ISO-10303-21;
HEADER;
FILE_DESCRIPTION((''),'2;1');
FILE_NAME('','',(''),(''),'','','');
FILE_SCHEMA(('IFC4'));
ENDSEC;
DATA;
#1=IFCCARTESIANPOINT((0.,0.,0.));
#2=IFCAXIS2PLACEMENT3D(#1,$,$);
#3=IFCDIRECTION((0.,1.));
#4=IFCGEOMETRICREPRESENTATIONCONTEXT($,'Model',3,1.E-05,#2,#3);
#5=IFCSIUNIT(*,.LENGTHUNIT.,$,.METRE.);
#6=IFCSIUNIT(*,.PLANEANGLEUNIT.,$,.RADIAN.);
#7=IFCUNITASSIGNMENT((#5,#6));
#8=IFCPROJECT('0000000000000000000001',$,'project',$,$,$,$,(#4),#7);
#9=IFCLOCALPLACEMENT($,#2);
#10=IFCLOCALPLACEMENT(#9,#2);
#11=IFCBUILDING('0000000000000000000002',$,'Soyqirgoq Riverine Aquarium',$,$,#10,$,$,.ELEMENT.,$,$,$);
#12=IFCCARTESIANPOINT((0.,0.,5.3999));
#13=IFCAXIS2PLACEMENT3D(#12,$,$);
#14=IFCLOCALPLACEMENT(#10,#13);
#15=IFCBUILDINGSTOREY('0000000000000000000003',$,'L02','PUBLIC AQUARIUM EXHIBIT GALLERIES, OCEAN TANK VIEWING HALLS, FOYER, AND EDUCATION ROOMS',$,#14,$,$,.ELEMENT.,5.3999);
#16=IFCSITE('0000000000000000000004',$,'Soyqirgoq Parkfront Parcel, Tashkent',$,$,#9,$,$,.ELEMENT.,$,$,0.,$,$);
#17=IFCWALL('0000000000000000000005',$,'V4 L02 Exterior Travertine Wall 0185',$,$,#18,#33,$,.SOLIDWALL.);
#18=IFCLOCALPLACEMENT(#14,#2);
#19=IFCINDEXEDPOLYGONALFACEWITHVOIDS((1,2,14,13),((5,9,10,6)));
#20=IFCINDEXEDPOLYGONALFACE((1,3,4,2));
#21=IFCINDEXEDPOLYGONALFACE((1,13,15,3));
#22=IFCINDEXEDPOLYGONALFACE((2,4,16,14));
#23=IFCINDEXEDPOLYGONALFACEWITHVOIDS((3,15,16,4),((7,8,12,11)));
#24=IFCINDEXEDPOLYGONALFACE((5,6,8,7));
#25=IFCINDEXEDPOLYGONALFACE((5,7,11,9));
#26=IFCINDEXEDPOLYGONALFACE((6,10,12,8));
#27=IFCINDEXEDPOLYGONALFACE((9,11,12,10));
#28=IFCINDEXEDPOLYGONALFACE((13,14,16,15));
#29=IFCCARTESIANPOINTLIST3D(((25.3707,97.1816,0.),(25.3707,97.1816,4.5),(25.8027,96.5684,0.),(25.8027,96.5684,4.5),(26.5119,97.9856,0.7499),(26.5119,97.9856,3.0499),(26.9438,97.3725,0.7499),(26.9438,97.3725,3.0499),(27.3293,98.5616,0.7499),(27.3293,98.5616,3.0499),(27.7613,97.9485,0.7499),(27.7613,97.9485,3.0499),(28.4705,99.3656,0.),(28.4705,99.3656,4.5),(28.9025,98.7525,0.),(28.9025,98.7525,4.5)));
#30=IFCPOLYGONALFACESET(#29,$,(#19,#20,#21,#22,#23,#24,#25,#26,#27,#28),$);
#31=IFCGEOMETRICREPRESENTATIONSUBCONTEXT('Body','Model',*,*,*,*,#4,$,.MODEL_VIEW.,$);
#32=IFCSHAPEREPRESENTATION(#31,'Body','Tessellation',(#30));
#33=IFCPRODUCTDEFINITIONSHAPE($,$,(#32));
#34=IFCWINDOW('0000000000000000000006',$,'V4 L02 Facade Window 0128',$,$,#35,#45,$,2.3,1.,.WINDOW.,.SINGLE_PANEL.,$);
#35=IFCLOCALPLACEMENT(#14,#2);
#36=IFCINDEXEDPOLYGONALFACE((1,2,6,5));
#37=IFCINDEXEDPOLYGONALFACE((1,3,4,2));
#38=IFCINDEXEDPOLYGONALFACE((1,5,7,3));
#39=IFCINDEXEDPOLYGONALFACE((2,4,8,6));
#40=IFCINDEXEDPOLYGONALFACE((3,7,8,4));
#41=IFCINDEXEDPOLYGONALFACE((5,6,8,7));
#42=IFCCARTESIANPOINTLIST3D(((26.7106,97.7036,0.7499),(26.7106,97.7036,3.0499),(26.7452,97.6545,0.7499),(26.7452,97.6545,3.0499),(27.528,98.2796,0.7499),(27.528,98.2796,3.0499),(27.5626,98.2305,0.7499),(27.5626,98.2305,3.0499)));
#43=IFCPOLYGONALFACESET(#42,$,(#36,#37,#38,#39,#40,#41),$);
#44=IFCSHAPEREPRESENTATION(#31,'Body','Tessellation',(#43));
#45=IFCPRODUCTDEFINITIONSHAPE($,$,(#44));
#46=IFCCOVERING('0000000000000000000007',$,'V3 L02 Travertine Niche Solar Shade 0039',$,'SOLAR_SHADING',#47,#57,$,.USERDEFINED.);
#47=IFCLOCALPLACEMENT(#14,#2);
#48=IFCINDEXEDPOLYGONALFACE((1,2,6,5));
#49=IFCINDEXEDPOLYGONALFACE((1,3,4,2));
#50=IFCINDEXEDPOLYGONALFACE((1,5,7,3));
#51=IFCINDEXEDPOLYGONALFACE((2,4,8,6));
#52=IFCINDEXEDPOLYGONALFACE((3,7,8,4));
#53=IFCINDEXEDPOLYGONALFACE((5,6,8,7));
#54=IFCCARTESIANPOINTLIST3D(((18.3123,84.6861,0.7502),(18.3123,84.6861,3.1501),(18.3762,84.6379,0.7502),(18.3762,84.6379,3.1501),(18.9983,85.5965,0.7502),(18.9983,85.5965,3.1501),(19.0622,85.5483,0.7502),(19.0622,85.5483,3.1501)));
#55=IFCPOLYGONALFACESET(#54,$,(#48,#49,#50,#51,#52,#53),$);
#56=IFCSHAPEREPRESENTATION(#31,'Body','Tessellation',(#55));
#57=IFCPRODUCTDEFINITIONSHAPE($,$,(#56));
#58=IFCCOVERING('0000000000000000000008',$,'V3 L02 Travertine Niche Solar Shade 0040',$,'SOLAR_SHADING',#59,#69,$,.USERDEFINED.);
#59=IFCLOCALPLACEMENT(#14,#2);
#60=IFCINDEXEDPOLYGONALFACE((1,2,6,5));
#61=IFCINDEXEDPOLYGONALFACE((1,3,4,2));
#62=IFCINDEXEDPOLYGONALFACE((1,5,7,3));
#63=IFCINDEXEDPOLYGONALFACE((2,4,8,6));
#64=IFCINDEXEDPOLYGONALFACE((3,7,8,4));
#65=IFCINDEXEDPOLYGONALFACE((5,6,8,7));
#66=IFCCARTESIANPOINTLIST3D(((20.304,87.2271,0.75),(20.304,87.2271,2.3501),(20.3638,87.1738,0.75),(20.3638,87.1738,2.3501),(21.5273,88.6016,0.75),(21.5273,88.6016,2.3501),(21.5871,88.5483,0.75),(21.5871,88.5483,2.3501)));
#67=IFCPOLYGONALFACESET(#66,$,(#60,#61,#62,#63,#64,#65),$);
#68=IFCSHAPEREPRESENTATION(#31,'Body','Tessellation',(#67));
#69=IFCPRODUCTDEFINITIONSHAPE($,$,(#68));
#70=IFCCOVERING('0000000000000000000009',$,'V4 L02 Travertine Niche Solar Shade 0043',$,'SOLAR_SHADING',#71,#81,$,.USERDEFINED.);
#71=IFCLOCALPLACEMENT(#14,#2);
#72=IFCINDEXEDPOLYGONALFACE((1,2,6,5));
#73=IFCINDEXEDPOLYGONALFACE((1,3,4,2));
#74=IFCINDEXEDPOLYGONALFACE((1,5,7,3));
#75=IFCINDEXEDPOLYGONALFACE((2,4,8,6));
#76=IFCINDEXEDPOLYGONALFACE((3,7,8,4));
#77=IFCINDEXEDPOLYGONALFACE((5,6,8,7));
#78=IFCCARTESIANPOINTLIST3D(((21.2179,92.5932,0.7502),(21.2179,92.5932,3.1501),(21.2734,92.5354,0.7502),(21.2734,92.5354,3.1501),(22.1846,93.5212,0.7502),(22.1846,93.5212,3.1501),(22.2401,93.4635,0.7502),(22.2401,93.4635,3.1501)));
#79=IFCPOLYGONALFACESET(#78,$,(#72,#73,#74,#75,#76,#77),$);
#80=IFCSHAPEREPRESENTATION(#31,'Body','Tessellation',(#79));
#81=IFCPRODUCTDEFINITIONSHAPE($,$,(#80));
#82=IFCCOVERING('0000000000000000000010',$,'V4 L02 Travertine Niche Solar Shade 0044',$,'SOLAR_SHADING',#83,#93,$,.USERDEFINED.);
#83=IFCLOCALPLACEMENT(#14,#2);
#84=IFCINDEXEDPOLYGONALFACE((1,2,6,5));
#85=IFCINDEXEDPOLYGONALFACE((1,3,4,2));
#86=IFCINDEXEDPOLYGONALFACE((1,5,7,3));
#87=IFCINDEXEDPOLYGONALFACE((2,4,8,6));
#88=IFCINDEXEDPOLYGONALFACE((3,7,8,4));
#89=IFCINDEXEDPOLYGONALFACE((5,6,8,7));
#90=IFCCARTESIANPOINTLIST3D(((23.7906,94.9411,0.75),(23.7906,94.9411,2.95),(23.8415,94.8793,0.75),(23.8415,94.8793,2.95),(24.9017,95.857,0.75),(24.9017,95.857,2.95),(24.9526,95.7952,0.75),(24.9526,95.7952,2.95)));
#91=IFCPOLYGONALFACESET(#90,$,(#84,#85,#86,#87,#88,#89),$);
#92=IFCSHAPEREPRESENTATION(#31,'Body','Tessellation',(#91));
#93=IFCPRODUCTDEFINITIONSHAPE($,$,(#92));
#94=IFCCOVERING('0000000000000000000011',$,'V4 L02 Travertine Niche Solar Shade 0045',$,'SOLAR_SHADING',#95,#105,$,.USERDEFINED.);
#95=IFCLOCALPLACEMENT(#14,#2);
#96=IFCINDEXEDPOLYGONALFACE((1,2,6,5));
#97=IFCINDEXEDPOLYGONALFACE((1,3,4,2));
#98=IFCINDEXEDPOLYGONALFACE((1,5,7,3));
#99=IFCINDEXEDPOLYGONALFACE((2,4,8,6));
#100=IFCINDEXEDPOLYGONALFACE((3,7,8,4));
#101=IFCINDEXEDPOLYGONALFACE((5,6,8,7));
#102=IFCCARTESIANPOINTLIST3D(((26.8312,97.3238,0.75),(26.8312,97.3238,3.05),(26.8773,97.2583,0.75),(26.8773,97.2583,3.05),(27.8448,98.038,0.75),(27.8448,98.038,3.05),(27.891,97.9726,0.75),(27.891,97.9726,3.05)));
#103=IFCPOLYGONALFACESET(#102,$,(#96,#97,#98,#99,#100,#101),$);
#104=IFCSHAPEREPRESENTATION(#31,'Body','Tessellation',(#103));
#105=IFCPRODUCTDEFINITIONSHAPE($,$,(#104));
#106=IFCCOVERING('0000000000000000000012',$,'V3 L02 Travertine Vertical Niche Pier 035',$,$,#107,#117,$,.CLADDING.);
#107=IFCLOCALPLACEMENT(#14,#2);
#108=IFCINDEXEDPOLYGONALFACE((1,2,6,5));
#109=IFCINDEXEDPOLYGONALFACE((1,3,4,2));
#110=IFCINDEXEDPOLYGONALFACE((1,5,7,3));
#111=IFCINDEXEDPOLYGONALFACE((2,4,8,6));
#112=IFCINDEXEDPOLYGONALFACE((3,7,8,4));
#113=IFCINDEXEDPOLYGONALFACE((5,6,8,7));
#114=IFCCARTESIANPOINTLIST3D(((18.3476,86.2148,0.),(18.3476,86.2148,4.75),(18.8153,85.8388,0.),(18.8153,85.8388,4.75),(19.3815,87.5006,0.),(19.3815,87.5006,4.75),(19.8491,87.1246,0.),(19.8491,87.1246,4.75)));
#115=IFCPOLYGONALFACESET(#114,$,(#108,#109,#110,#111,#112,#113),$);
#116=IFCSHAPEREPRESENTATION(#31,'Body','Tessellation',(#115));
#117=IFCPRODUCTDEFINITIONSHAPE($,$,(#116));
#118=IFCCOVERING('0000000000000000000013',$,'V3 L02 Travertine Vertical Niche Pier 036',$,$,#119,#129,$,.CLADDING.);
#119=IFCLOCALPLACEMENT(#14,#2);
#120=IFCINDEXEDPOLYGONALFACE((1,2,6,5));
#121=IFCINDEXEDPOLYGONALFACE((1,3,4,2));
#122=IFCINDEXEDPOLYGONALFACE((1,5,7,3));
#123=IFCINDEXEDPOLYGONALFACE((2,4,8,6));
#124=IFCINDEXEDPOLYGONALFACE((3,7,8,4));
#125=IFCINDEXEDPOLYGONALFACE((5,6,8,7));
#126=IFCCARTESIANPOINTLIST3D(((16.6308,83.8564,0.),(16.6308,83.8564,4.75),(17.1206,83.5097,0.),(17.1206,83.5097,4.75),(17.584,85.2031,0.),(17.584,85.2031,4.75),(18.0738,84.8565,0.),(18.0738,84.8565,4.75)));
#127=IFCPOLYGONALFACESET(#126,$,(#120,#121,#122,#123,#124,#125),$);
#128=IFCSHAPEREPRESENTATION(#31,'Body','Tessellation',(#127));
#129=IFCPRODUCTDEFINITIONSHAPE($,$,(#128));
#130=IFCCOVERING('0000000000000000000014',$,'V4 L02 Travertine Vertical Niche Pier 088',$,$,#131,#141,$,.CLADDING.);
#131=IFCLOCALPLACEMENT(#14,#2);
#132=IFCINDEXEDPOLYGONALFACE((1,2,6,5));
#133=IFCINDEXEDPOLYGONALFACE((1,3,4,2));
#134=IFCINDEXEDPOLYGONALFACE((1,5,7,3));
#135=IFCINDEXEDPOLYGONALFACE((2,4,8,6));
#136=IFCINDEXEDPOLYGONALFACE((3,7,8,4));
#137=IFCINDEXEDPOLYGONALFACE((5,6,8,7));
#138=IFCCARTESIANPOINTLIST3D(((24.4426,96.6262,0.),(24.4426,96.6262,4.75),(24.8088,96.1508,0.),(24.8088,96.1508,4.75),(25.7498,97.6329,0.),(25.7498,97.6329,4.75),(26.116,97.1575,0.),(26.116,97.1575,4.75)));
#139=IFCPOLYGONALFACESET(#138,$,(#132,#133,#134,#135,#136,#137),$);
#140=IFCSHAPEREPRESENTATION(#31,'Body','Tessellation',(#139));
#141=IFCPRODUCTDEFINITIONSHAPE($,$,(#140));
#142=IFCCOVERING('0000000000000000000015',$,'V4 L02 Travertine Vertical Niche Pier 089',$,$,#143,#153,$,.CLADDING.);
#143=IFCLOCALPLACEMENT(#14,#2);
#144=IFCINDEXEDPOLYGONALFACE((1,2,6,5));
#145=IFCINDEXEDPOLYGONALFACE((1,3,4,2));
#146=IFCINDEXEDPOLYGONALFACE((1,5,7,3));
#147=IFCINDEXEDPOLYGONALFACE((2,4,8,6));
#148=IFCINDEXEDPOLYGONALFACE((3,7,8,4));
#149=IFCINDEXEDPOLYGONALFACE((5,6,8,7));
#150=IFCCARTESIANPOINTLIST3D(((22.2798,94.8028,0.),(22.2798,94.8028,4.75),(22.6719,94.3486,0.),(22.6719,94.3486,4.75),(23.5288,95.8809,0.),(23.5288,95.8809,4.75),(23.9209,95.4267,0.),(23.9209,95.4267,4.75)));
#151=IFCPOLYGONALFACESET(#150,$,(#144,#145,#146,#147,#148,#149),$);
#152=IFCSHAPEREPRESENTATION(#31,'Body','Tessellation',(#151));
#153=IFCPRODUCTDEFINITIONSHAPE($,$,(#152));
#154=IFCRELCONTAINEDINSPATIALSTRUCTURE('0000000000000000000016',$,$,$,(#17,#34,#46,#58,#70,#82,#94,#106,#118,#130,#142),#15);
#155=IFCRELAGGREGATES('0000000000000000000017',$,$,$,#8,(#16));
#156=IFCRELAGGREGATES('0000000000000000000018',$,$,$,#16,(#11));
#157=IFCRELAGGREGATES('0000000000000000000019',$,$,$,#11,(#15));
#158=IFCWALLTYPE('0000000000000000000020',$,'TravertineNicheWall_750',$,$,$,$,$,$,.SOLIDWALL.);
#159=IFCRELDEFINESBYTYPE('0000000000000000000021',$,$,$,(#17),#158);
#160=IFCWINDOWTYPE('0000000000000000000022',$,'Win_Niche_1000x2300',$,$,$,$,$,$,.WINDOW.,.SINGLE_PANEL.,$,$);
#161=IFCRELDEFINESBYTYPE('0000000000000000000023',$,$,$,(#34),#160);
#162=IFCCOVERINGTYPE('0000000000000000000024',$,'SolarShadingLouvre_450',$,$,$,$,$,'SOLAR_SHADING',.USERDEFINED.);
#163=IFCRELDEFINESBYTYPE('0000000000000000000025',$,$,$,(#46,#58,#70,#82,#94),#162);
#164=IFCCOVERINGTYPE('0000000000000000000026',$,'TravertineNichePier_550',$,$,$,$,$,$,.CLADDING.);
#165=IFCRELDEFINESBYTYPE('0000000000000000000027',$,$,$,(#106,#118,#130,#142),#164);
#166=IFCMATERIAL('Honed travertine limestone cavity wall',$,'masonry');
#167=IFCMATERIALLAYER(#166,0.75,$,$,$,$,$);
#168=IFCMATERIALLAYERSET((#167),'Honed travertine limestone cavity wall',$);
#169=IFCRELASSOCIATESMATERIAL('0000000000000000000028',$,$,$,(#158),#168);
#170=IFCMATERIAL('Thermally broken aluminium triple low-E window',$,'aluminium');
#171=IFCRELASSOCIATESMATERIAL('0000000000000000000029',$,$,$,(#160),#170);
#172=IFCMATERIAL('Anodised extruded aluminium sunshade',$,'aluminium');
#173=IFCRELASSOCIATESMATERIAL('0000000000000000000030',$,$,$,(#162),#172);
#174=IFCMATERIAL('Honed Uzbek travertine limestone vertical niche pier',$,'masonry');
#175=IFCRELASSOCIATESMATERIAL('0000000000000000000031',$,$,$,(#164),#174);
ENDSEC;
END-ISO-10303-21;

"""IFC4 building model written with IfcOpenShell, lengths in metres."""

from ifc_helpers import new_model, si_unit, direction, frame, frame_2d, origin, origin_2d, place, context, subcontext, project, spatial, rectangle, extrude, material, layer, layer_set, type_object, element, fill, save


model = new_model("IFC4")

# Units and contexts
model_context = context("Model", 3, precision=1e-05, world=origin(), true_north=direction((0.0, 1.0)))
body_context = subcontext(model_context, "Body", "Model", "MODEL_VIEW")
ifc_project = project(units=[si_unit("LENGTHUNIT", "METRE"), si_unit("PLANEANGLEUNIT", "RADIAN")], contexts=[model_context])

# Site, building, storey
site_placement = place(None, origin())
site = spatial("IfcSite", under=ifc_project, at=site_placement, Name="Soyqirgoq Parkfront Parcel, Tashkent", CompositionType="ELEMENT", RefElevation=0.0)
building_placement = place(site_placement, origin())
building = spatial("IfcBuilding", under=site, at=building_placement, Name="Soyqirgoq Riverine Aquarium", CompositionType="ELEMENT")
storey_placement = place(building_placement, frame((0.0, 0.0, 5.3999)))
storey = spatial("IfcBuildingStorey", under=building, at=storey_placement, Name="L02", Description="PUBLIC AQUARIUM EXHIBIT GALLERIES, OCEAN TANK VIEWING HALLS, FOYER, AND EDUCATION ROOMS", CompositionType="ELEMENT", Elevation=5.3999)

# Wall, opening, window
ifc_material_1 = material(Name="Honed travertine limestone cavity wall", Category="masonry")
ifc_layer_1 = layer(ifc_material_1, 0.75)
ifc_layer_set_1 = layer_set([ifc_layer_1], Name="Honed travertine limestone cavity wall")
wall_type_1 = type_object("IfcWallType", Name="TravertineNicheWall_750", PredefinedType="SOLIDWALL", material=ifc_layer_set_1)
wall_1_placement = place(storey_placement, frame((25.5867, 96.875, 0.0), z_axis=(0.0, 0.0, 1.0), x_axis=(0.817471, 0.57597, 0.0)))
wall_1 = element("IfcWall", 1, at=wall_1_placement, inside=storey, type_object=wall_type_1, Name="V4 L02 Exterior Travertine Wall 0185", PredefinedType="SOLIDWALL", context=body_context, shape_type="SweptSolid", body=[
    extrude(rectangle(XDim=3.792, YDim=0.75, at=frame_2d((1.896, 0.0))), origin(), (0.0, 0.0, 1.0), 4.5),
])
opening_1_placement = place(wall_1_placement, frame((1.396, 0.0, 0.75)))
opening_1 = element("IfcOpeningElement", 2, at=opening_1_placement, cuts=wall_1, PredefinedType="OPENING", context=body_context, shape_type="SweptSolid", body=[
    extrude(rectangle(XDim=1.0, YDim=2.3, at=frame_2d((0.5, 1.1499))), frame((0.0, 0.385, 0.0), z_axis=(0.0, -1.0, 0.0), x_axis=(1.0, 0.0, 0.0)), (0.0, 0.0, 1.0), 0.77),
])
ifc_material_2 = material(Name="Thermally broken aluminium triple low-E window", Category="aluminium")
window_type_1 = type_object("IfcWindowType", Name="Win_Niche_1000x2300", PartitioningType="SINGLE_PANEL", PredefinedType="WINDOW", material=ifc_material_2)
window_1_placement = place(opening_1_placement, origin())
window_1 = element("IfcWindow", 3, at=window_1_placement, inside=storey, type_object=window_type_1, Name="V4 L02 Facade Window 0128", OverallHeight=2.3, OverallWidth=1.0, PartitioningType="SINGLE_PANEL", PredefinedType="WINDOW", context=body_context, shape_type="SweptSolid", body=[
    extrude(rectangle(XDim=1.0, YDim=2.3, at=frame_2d((0.5, 1.1499))), frame((0.0, 0.03, 0.0), z_axis=(0.0, -1.0, 0.0), x_axis=(1.0, 0.0, 0.0)), (0.0, 0.0, 1.0), 0.0601),
])
fill(opening_1, window_1)

# Coverings
ifc_material_3 = material(Name="Anodised extruded aluminium sunshade", Category="aluminium")
covering_type_1 = type_object("IfcCoveringType", Name="SolarShadingLouvre_450", ElementType="SOLAR_SHADING", PredefinedType="USERDEFINED", material=ifc_material_3)
covering_1_placement = place(storey_placement, frame((18.6873, 85.1172, 0.7502), z_axis=(0.0, 0.0, 1.0), x_axis=(0.601815, 0.798636, 0.0)))
element("IfcCovering", 4, at=covering_1_placement, inside=storey, type_object=covering_type_1, Name="V3 L02 Travertine Niche Solar Shade 0039", ObjectType="SOLAR_SHADING", PredefinedType="USERDEFINED", context=body_context, shape_type="SweptSolid", body=[
    extrude(rectangle(XDim=1.1399, YDim=0.0801, at=origin_2d()), origin(), (0.0, 0.0, 1.0), 2.3999),
])
covering_2_placement = place(storey_placement, frame((20.9456, 87.8877, 0.75), z_axis=(0.0, 0.0, 1.0), x_axis=(0.664839, 0.746986, 0.0)))
element("IfcCovering", 5, at=covering_2_placement, inside=storey, type_object=covering_type_1, Name="V3 L02 Travertine Niche Solar Shade 0040", ObjectType="SOLAR_SHADING", PredefinedType="USERDEFINED", context=body_context, shape_type="SweptSolid", body=[
    extrude(rectangle(XDim=1.8401, YDim=0.0801, at=origin_2d()), origin(), (0.0, 0.0, 1.0), 1.6001),
])
covering_3_placement = place(storey_placement, frame((21.729, 93.0283, 0.7502), z_axis=(0.0, 0.0, 1.0), x_axis=(0.721398, 0.692521, 0.0)))
element("IfcCovering", 6, at=covering_3_placement, inside=storey, type_object=covering_type_1, Name="V4 L02 Travertine Niche Solar Shade 0043", ObjectType="SOLAR_SHADING", PredefinedType="USERDEFINED", context=body_context, shape_type="SweptSolid", body=[
    extrude(rectangle(XDim=1.3401, YDim=0.0801, at=origin_2d()), origin(), (0.0, 0.0, 1.0), 2.3999),
])
covering_4_placement = place(storey_placement, frame((24.3716, 95.3682, 0.75), z_axis=(0.0, 0.0, 1.0), x_axis=(0.771625, 0.636078, 0.0)))
element("IfcCovering", 7, at=covering_4_placement, inside=storey, type_object=covering_type_1, Name="V4 L02 Travertine Niche Solar Shade 0044", ObjectType="SOLAR_SHADING", PredefinedType="USERDEFINED", context=body_context, shape_type="SweptSolid", body=[
    extrude(rectangle(XDim=1.4399, YDim=0.0801, at=origin_2d()), origin(), (0.0, 0.0, 1.0), 2.2),
])
covering_5_placement = place(storey_placement, frame((27.3611, 97.6482, 0.75), z_axis=(0.0, 0.0, 1.0), x_axis=(0.817447, 0.576004, 0.0)))
element("IfcCovering", 8, at=covering_5_placement, inside=storey, type_object=covering_type_1, Name="V4 L02 Travertine Niche Solar Shade 0045", ObjectType="SOLAR_SHADING", PredefinedType="USERDEFINED", context=body_context, shape_type="SweptSolid", body=[
    extrude(rectangle(XDim=1.24, YDim=0.0801, at=origin_2d()), origin(), (0.0, 0.0, 1.0), 2.3),
])
ifc_material_4 = material(Name="Honed Uzbek travertine limestone vertical niche pier", Category="masonry")
covering_type_2 = type_object("IfcCoveringType", Name="TravertineNichePier_550", PredefinedType="CLADDING", material=ifc_material_4)
for number, where, z_axis, x_axis, name in (
    (9, (19.0984, 86.6697, 0.0), (0.0, 0.0, 1.0), (-0.779338, 0.626604, 0.0), "V3 L02 Travertine Vertical Niche Pier 035"),
    (10, (17.3523, 84.3564, 0.0), (0.0, 0.0, 1.0), (-0.816238, 0.577715, 0.0), "V3 L02 Travertine Vertical Niche Pier 036"),
    (11, (25.2793, 96.8918, 0.0), (0.0, 0.0, 1.0), (-0.610145, 0.79229, 0.0), "V4 L02 Travertine Vertical Niche Pier 088"),
    (12, (23.1003, 95.1147, 0.0), (0.0, 0.0, 1.0), (-0.653421, 0.756995, 0.0), "V4 L02 Travertine Vertical Niche Pier 089"),
):
    element("IfcCovering", number, at=place(storey_placement, frame(where, z_axis=z_axis, x_axis=x_axis)), inside=storey, type_object=covering_type_2, Name=name, PredefinedType="CLADDING", context=body_context, shape_type="SweptSolid", body=[
        extrude(rectangle(XDim=0.6001, YDim=1.6499, at=origin_2d()), origin(), (0.0, 0.0, 1.0), 4.75),
    ])

save(model, "model.ifc")
